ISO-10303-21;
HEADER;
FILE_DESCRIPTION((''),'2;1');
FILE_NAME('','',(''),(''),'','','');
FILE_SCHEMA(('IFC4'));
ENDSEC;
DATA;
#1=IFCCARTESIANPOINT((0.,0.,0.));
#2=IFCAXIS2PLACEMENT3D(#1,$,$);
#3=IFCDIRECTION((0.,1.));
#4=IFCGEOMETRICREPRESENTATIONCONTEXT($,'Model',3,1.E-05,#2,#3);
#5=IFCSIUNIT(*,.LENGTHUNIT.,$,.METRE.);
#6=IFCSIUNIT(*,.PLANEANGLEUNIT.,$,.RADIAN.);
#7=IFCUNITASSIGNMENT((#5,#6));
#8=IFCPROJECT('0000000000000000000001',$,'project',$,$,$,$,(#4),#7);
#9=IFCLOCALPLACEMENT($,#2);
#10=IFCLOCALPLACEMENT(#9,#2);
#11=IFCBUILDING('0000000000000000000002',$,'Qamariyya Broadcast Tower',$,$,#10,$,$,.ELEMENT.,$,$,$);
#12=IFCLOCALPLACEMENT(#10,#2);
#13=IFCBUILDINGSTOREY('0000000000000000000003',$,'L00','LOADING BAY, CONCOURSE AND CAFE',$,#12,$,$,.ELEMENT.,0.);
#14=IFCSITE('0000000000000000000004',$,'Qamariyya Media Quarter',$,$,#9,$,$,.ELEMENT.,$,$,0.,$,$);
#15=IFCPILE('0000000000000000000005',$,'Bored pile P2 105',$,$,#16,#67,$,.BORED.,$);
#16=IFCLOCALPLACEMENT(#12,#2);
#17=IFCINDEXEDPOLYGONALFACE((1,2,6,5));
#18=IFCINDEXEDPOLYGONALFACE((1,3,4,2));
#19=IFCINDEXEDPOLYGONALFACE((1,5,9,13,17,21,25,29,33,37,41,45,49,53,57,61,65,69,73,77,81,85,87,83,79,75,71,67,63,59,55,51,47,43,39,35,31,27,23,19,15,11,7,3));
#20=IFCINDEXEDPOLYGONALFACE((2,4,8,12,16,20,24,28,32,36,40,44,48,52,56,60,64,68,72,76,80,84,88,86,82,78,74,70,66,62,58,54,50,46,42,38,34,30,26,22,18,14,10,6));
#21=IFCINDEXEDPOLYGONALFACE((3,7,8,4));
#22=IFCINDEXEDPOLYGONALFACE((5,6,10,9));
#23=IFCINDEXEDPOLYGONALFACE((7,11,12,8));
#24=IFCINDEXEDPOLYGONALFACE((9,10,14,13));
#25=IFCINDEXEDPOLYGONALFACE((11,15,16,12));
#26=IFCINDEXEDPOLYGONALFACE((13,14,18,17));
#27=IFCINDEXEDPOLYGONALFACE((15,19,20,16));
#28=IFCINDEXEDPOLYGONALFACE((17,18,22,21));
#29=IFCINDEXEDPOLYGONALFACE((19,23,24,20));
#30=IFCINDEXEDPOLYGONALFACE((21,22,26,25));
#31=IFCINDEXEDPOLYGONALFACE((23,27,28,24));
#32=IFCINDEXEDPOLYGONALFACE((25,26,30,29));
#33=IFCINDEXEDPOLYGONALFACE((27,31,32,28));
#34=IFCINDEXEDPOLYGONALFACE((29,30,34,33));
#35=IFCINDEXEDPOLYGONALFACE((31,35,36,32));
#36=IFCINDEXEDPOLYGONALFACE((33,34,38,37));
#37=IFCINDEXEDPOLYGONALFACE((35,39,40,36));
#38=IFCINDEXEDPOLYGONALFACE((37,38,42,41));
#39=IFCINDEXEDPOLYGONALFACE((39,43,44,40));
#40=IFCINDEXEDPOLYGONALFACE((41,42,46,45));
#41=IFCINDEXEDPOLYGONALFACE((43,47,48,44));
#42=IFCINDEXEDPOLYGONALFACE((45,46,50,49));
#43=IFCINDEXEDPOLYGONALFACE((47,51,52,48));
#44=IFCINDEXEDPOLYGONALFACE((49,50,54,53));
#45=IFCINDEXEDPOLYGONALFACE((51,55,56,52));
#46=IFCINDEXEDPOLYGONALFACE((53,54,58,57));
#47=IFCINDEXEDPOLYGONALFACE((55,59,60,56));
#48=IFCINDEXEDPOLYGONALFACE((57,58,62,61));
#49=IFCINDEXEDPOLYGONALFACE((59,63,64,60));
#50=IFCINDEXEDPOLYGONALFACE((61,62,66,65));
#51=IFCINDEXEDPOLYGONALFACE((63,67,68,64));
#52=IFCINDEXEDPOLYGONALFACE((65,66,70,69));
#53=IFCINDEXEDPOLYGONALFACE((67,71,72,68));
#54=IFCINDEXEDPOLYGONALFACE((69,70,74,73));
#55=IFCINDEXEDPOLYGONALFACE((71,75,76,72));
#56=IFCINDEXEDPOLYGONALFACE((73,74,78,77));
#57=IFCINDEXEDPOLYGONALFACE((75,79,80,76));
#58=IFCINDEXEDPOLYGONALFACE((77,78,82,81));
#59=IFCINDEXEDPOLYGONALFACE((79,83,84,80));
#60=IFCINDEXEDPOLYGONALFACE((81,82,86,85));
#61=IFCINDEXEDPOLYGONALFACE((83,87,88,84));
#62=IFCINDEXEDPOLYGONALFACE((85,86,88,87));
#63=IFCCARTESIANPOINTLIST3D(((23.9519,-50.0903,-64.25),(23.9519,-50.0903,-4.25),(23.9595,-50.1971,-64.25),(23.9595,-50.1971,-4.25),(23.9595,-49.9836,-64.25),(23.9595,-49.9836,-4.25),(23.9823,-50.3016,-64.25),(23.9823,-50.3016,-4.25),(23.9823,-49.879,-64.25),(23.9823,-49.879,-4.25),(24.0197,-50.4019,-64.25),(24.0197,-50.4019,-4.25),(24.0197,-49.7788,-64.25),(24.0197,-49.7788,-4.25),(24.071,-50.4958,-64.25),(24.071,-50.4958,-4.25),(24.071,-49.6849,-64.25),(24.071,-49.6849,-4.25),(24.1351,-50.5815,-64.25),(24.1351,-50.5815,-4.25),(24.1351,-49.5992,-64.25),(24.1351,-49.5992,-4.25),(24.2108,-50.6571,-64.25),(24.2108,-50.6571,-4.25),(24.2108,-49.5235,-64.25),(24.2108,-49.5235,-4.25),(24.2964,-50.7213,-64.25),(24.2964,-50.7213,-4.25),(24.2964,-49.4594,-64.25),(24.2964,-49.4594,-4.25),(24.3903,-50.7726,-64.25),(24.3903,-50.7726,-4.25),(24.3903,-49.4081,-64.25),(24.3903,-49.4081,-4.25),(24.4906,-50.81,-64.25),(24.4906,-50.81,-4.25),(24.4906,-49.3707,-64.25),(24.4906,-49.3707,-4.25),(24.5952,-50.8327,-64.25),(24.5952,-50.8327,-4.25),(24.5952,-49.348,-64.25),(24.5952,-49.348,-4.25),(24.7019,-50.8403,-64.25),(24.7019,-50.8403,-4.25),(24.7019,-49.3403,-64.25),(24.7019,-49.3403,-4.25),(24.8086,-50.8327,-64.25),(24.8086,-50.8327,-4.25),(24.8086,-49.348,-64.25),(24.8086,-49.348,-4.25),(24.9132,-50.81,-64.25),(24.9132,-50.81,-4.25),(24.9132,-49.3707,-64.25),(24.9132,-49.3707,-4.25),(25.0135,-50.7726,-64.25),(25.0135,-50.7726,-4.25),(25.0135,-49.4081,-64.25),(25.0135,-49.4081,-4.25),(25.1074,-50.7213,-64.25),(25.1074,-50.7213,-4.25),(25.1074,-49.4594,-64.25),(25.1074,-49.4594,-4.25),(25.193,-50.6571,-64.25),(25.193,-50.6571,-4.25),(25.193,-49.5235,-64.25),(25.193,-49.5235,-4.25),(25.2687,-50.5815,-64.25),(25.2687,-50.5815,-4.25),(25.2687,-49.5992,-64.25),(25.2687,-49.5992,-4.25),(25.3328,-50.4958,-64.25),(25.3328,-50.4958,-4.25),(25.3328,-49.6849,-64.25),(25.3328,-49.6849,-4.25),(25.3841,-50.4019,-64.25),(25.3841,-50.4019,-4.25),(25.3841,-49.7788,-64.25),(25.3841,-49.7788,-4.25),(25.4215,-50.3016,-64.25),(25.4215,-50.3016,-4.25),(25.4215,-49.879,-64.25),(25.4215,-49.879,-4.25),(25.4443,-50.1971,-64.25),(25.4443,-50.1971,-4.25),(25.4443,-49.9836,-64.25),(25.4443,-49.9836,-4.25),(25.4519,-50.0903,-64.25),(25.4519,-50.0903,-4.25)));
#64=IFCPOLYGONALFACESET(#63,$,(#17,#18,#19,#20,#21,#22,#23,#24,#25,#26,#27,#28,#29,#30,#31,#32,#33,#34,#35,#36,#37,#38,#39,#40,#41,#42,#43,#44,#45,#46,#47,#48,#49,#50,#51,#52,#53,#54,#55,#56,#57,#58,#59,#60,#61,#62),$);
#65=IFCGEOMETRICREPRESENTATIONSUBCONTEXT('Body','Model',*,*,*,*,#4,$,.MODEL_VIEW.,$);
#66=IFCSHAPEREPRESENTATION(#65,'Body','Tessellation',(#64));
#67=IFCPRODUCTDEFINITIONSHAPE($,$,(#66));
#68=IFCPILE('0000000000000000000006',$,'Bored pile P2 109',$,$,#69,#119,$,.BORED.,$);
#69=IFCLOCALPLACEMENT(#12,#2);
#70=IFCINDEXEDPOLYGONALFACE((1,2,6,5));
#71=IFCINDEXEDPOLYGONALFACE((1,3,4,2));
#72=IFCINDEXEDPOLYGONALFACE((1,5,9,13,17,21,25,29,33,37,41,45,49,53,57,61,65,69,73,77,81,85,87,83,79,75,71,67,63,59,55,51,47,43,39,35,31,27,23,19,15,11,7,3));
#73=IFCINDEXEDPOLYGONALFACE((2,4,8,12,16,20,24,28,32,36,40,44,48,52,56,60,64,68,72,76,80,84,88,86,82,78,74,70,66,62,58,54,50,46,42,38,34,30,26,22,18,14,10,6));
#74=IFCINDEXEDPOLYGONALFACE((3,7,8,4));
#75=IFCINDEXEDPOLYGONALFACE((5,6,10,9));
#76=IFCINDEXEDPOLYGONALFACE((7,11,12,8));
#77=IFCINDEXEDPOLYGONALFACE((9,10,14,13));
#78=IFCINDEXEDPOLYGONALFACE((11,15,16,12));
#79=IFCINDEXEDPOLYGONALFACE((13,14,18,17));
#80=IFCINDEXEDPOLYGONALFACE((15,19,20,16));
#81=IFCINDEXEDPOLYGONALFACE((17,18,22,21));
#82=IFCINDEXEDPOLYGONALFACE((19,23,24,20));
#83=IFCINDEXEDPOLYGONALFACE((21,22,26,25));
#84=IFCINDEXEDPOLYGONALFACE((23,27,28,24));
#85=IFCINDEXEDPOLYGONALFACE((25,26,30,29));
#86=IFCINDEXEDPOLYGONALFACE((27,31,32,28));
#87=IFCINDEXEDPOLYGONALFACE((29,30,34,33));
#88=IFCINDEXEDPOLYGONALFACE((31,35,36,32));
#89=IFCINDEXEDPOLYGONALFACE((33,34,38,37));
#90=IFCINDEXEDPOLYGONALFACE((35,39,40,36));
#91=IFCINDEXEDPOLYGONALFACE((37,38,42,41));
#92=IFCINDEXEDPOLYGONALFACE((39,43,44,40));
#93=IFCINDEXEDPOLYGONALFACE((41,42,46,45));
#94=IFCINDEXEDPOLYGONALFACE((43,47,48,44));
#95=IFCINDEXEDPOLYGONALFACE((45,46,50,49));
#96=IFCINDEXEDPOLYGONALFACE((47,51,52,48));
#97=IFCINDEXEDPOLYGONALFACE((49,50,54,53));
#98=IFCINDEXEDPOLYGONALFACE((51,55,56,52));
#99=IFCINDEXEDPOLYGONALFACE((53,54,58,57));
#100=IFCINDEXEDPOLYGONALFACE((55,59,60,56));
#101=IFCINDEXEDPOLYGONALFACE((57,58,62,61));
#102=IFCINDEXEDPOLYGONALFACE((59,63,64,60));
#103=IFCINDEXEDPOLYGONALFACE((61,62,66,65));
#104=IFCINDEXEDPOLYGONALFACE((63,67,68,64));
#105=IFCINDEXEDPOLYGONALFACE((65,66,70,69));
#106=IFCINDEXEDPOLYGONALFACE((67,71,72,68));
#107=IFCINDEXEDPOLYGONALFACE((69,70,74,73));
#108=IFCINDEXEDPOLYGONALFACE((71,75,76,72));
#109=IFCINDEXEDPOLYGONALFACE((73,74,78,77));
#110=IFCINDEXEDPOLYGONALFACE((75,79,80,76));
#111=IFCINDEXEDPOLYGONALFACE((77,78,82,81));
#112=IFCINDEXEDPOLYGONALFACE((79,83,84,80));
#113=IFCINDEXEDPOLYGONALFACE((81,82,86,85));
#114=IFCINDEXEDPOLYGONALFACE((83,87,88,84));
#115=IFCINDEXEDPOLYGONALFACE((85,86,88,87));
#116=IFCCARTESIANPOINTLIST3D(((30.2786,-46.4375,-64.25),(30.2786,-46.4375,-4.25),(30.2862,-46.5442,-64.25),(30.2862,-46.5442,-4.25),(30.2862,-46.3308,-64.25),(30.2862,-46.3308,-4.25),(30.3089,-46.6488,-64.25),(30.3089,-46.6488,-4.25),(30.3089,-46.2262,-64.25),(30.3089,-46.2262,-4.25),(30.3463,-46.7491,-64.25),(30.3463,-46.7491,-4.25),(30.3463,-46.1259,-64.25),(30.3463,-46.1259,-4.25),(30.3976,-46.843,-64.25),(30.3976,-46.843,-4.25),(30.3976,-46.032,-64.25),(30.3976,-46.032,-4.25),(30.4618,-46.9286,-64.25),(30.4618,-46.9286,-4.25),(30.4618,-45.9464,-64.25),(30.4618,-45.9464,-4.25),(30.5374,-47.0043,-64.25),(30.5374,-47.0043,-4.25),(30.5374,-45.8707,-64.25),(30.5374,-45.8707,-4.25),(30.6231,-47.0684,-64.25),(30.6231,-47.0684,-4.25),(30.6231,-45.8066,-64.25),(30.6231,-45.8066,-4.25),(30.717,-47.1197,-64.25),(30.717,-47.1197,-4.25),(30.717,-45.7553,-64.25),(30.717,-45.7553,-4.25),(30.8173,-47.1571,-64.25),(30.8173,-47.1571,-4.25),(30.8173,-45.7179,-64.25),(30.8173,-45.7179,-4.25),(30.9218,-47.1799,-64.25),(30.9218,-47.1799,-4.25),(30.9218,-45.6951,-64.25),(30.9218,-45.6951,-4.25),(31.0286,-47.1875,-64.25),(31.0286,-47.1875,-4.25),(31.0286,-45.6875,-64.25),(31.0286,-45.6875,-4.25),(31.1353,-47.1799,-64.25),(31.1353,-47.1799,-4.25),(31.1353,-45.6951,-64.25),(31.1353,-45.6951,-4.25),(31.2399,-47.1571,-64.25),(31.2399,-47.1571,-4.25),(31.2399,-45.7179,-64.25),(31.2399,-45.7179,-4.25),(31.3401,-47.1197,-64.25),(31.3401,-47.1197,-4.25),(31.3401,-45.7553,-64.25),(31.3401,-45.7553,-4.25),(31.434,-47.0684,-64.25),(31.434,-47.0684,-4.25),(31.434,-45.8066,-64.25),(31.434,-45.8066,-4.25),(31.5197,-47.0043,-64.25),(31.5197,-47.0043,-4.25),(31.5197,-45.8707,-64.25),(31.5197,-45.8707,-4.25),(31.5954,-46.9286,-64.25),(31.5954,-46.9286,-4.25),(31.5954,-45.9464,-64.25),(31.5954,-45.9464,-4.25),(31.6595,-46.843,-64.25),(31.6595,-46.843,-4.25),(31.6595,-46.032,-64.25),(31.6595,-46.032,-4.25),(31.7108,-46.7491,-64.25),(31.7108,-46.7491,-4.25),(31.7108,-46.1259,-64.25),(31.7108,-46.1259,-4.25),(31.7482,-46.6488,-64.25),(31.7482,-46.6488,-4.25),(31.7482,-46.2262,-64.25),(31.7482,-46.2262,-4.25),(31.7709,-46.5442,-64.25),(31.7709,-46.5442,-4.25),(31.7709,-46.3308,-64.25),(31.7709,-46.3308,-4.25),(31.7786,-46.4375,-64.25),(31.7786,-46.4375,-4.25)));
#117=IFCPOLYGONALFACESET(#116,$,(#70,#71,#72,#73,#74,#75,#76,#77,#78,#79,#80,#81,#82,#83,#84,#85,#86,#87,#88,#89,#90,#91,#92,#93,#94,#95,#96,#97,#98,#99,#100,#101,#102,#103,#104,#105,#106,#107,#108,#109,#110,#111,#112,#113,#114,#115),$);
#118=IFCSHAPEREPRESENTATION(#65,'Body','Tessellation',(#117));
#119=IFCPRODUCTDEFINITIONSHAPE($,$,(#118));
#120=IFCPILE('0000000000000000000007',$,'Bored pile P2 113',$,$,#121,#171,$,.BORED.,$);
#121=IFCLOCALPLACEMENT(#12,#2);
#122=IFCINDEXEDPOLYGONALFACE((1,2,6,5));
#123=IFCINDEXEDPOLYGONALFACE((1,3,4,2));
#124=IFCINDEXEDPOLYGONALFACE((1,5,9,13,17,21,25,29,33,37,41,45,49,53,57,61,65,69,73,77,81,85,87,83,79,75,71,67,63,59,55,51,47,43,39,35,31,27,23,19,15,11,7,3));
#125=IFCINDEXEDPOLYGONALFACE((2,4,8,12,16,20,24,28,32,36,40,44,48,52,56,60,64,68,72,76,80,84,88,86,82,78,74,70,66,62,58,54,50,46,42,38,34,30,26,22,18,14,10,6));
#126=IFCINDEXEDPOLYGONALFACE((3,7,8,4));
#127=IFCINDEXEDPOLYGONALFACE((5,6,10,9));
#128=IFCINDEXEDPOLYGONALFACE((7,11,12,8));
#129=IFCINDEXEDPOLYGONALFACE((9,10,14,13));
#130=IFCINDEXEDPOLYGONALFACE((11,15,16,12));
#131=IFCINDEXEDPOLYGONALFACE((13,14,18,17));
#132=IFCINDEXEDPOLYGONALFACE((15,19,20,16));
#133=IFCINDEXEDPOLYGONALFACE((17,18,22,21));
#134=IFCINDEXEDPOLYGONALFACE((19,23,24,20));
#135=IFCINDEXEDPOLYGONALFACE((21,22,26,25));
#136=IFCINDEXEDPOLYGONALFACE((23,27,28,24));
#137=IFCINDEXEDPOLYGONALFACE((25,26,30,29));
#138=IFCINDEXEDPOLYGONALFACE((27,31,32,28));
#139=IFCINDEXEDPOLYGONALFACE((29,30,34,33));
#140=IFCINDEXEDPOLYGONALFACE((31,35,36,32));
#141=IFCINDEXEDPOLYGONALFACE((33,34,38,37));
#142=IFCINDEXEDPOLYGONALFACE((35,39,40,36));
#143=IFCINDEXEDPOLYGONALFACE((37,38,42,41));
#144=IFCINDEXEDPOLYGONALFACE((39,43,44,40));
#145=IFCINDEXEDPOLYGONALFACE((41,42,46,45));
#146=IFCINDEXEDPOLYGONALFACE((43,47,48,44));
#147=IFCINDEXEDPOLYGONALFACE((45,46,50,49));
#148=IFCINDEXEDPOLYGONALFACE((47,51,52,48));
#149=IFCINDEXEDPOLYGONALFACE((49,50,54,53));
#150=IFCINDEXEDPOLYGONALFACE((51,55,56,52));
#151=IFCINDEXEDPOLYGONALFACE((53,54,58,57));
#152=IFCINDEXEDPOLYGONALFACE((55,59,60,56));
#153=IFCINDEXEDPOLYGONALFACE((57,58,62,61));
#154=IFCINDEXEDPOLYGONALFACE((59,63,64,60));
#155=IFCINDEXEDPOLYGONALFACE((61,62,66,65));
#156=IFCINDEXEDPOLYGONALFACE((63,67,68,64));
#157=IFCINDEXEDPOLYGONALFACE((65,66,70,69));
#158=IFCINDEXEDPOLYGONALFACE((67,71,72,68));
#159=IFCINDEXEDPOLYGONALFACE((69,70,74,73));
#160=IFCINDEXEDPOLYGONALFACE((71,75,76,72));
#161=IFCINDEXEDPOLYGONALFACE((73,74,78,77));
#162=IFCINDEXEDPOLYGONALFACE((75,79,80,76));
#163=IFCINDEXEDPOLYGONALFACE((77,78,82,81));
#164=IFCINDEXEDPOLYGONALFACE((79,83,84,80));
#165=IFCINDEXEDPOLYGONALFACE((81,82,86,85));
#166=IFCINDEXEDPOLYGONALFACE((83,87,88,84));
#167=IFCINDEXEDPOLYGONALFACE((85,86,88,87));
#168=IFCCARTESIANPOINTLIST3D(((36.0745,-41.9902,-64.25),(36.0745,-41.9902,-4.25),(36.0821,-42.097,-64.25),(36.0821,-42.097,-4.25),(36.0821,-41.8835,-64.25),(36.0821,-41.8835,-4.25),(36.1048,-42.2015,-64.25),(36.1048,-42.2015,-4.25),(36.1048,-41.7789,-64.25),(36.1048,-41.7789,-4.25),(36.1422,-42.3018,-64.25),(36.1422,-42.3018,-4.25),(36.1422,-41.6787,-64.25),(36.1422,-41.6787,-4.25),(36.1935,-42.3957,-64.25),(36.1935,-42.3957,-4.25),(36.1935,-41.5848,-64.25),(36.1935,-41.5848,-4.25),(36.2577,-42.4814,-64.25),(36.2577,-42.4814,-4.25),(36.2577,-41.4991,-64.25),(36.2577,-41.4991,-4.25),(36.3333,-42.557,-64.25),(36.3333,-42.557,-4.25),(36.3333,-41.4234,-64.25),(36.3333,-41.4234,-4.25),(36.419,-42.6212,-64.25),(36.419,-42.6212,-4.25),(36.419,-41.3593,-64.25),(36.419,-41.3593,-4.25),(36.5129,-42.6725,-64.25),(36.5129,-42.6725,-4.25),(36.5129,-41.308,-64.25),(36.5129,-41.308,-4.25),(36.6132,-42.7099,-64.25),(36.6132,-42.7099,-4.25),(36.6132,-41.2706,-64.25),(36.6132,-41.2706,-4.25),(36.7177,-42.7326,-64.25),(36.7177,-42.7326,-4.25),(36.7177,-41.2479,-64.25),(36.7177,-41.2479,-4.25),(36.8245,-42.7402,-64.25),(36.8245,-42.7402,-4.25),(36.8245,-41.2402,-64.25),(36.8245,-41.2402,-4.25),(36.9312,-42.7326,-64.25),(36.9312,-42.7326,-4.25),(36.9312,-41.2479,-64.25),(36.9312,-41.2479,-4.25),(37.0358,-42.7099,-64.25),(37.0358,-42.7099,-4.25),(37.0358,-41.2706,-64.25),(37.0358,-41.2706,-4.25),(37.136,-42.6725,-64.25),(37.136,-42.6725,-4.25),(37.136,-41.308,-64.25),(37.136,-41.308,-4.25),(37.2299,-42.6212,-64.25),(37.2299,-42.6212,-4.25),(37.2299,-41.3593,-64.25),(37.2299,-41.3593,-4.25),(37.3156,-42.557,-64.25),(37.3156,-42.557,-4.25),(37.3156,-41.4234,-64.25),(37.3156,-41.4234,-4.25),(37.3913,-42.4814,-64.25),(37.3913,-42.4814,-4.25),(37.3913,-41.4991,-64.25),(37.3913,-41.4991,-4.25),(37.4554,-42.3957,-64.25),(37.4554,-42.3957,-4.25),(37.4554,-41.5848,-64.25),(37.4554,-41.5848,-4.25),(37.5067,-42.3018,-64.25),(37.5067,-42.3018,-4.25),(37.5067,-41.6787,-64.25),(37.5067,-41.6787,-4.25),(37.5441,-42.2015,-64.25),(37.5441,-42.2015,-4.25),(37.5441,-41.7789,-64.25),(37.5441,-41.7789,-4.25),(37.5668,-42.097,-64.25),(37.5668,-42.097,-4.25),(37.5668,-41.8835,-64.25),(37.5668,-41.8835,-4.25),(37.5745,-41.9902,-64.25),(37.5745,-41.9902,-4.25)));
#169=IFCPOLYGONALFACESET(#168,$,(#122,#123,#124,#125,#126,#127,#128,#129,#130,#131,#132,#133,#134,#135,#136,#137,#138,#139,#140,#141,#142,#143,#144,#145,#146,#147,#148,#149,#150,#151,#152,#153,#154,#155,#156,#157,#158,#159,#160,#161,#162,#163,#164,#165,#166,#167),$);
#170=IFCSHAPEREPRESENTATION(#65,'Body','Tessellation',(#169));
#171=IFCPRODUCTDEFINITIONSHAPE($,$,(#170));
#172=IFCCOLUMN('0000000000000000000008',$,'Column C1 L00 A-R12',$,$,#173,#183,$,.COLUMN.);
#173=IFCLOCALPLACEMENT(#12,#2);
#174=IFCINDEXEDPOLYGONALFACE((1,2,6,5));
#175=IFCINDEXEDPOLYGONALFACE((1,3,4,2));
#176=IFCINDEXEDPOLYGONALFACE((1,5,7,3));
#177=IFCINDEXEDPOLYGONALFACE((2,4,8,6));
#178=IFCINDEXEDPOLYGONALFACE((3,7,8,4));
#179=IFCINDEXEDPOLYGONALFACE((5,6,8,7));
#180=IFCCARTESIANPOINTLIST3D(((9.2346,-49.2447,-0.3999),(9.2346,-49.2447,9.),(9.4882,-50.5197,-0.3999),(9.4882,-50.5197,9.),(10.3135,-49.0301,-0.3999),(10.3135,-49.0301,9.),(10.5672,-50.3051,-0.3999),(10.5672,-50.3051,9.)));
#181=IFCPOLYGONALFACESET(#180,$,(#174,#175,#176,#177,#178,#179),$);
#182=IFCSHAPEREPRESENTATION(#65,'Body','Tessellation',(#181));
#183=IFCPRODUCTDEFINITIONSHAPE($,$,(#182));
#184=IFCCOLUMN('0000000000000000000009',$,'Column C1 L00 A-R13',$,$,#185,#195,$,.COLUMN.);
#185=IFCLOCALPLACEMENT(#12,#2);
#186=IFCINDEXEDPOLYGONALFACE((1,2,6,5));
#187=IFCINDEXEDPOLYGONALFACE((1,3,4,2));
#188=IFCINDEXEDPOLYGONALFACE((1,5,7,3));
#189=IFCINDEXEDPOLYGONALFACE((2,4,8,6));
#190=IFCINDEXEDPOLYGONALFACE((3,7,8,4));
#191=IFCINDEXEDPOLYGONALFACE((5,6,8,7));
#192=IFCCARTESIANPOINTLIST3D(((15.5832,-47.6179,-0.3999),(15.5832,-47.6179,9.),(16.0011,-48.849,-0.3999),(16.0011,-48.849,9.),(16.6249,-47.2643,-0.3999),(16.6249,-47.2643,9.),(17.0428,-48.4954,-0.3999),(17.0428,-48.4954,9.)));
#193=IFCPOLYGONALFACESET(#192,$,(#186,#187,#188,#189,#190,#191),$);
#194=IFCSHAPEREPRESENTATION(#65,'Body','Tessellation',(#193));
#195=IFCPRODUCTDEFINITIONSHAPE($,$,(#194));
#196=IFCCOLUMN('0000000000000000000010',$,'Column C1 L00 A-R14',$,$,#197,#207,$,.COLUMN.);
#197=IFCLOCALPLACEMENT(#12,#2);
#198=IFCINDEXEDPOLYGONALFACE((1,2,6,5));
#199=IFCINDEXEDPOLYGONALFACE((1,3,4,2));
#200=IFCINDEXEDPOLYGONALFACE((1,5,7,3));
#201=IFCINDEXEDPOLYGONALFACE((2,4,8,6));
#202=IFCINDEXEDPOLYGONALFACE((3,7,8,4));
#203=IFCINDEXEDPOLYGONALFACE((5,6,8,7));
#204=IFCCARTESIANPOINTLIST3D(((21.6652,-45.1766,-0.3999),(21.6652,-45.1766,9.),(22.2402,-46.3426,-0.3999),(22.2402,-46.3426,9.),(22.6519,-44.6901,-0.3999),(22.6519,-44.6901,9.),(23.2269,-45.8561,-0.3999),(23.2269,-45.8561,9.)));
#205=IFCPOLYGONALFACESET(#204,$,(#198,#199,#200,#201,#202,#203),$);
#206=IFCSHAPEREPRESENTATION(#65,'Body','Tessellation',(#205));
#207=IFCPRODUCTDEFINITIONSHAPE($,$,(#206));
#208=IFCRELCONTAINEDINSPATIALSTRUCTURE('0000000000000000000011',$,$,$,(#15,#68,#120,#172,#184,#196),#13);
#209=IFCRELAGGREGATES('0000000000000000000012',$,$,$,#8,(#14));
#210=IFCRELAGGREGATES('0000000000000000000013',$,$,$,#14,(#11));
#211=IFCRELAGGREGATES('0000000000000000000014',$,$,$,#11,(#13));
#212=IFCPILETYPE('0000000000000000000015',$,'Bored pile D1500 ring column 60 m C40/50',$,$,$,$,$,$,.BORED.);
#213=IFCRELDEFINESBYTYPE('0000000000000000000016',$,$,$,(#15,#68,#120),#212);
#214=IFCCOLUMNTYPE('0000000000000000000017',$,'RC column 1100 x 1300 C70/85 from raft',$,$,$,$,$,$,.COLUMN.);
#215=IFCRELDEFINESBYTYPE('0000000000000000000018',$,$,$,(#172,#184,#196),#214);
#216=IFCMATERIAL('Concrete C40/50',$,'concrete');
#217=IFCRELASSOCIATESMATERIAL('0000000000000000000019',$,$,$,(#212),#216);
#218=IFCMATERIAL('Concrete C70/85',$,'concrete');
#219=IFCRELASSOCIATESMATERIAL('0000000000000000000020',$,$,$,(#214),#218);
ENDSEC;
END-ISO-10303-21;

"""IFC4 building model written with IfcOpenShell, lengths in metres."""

from ifc_helpers import new_model, si_unit, direction, frame, origin, origin_2d, place, context, subcontext, project, spatial, rectangle, circle, extrude, material, material_profile, profile_set, type_object, element, save


model = new_model("IFC4")

# Units and contexts
model_context = context("Model", 3, precision=1e-05, world=origin(), true_north=direction((0.0, 1.0)))
body_context = subcontext(model_context, "Body", "Model", "MODEL_VIEW")
ifc_project = project(units=[si_unit("LENGTHUNIT", "METRE"), si_unit("PLANEANGLEUNIT", "RADIAN")], contexts=[model_context])

# Site, building, storey
site_placement = place(None, origin())
site = spatial("IfcSite", under=ifc_project, at=site_placement, Name="Qamariyya Media Quarter", CompositionType="ELEMENT", RefElevation=0.0)
building_placement = place(site_placement, origin())
building = spatial("IfcBuilding", under=site, at=building_placement, Name="Qamariyya Broadcast Tower", CompositionType="ELEMENT")
storey_placement = place(building_placement, origin())
storey = spatial("IfcBuildingStorey", under=building, at=storey_placement, Name="L00", Description="LOADING BAY, CONCOURSE AND CAFE", CompositionType="ELEMENT", Elevation=0.0)

# Piles
ifc_material_1 = material(Name="Concrete C40/50", Category="concrete")
ifc_material_profile_1 = material_profile(ifc_material_1, circle(Radius=0.75, at=origin_2d()))
ifc_profile_set_1 = profile_set([ifc_material_profile_1], Name="Concrete C40/50")
pile_type_1 = type_object("IfcPileType", Name="Bored pile D1500 ring column 60 m C40/50", PredefinedType="BORED", material=ifc_profile_set_1)
for number, where, z_axis, x_axis, name in (
    (1, (24.7019, -50.0903, -4.25), (0.0, 0.0, -1.0), (1.0, 0.0, 0.0), "Bored pile P2 105"),
    (2, (31.0286, -46.4375, -4.25), (0.0, 0.0, -1.0), (1.0, 0.0, 0.0), "Bored pile P2 109"),
    (3, (36.8245, -41.9902, -4.25), (0.0, 0.0, -1.0), (1.0, 0.0, 0.0), "Bored pile P2 113"),
):
    element("IfcPile", number, at=place(storey_placement, frame(where, z_axis=z_axis, x_axis=x_axis)), inside=storey, type_object=pile_type_1, Name=name, PredefinedType="BORED", context=body_context, shape_type="SweptSolid", body=[
        extrude(circle(Radius=0.75, at=origin_2d()), origin(), (0.0, 0.0, 1.0), 60.0),
    ])

# Columns
ifc_material_2 = material(Name="Concrete C70/85", Category="concrete")
ifc_material_profile_2 = material_profile(ifc_material_2, rectangle(XDim=1.1001, YDim=1.3, at=origin_2d()))
ifc_profile_set_2 = profile_set([ifc_material_profile_2], Name="Concrete C70/85")
column_type_1 = type_object("IfcColumnType", Name="RC column 1100 x 1300 C70/85 from raft", PredefinedType="COLUMN", material=ifc_profile_set_2)
for number, where, z_axis, x_axis, name in (
    (4, (9.9009, -49.7749, -0.3999), (0.0, 0.0, 1.0), (0.980785, 0.19509, 0.0), "Column C1 L00 A-R12"),
    (5, (16.313, -48.0566, -0.3999), (0.0, 0.0, 1.0), (0.94693, 0.321439, 0.0), "Column C1 L00 A-R13"),
    (6, (22.446, -45.5164, -0.3999), (0.0, 0.0, 1.0), (0.896873, 0.442289, 0.0), "Column C1 L00 A-R14"),
):
    element("IfcColumn", number, at=place(storey_placement, frame(where, z_axis=z_axis, x_axis=x_axis)), inside=storey, type_object=column_type_1, Name=name, PredefinedType="COLUMN", context=body_context, shape_type="SweptSolid", body=[
        extrude(rectangle(XDim=1.1001, YDim=1.3, at=origin_2d()), origin(), (0.0, 0.0, 1.0), 9.3999),
    ])

save(model, "model.ifc")
